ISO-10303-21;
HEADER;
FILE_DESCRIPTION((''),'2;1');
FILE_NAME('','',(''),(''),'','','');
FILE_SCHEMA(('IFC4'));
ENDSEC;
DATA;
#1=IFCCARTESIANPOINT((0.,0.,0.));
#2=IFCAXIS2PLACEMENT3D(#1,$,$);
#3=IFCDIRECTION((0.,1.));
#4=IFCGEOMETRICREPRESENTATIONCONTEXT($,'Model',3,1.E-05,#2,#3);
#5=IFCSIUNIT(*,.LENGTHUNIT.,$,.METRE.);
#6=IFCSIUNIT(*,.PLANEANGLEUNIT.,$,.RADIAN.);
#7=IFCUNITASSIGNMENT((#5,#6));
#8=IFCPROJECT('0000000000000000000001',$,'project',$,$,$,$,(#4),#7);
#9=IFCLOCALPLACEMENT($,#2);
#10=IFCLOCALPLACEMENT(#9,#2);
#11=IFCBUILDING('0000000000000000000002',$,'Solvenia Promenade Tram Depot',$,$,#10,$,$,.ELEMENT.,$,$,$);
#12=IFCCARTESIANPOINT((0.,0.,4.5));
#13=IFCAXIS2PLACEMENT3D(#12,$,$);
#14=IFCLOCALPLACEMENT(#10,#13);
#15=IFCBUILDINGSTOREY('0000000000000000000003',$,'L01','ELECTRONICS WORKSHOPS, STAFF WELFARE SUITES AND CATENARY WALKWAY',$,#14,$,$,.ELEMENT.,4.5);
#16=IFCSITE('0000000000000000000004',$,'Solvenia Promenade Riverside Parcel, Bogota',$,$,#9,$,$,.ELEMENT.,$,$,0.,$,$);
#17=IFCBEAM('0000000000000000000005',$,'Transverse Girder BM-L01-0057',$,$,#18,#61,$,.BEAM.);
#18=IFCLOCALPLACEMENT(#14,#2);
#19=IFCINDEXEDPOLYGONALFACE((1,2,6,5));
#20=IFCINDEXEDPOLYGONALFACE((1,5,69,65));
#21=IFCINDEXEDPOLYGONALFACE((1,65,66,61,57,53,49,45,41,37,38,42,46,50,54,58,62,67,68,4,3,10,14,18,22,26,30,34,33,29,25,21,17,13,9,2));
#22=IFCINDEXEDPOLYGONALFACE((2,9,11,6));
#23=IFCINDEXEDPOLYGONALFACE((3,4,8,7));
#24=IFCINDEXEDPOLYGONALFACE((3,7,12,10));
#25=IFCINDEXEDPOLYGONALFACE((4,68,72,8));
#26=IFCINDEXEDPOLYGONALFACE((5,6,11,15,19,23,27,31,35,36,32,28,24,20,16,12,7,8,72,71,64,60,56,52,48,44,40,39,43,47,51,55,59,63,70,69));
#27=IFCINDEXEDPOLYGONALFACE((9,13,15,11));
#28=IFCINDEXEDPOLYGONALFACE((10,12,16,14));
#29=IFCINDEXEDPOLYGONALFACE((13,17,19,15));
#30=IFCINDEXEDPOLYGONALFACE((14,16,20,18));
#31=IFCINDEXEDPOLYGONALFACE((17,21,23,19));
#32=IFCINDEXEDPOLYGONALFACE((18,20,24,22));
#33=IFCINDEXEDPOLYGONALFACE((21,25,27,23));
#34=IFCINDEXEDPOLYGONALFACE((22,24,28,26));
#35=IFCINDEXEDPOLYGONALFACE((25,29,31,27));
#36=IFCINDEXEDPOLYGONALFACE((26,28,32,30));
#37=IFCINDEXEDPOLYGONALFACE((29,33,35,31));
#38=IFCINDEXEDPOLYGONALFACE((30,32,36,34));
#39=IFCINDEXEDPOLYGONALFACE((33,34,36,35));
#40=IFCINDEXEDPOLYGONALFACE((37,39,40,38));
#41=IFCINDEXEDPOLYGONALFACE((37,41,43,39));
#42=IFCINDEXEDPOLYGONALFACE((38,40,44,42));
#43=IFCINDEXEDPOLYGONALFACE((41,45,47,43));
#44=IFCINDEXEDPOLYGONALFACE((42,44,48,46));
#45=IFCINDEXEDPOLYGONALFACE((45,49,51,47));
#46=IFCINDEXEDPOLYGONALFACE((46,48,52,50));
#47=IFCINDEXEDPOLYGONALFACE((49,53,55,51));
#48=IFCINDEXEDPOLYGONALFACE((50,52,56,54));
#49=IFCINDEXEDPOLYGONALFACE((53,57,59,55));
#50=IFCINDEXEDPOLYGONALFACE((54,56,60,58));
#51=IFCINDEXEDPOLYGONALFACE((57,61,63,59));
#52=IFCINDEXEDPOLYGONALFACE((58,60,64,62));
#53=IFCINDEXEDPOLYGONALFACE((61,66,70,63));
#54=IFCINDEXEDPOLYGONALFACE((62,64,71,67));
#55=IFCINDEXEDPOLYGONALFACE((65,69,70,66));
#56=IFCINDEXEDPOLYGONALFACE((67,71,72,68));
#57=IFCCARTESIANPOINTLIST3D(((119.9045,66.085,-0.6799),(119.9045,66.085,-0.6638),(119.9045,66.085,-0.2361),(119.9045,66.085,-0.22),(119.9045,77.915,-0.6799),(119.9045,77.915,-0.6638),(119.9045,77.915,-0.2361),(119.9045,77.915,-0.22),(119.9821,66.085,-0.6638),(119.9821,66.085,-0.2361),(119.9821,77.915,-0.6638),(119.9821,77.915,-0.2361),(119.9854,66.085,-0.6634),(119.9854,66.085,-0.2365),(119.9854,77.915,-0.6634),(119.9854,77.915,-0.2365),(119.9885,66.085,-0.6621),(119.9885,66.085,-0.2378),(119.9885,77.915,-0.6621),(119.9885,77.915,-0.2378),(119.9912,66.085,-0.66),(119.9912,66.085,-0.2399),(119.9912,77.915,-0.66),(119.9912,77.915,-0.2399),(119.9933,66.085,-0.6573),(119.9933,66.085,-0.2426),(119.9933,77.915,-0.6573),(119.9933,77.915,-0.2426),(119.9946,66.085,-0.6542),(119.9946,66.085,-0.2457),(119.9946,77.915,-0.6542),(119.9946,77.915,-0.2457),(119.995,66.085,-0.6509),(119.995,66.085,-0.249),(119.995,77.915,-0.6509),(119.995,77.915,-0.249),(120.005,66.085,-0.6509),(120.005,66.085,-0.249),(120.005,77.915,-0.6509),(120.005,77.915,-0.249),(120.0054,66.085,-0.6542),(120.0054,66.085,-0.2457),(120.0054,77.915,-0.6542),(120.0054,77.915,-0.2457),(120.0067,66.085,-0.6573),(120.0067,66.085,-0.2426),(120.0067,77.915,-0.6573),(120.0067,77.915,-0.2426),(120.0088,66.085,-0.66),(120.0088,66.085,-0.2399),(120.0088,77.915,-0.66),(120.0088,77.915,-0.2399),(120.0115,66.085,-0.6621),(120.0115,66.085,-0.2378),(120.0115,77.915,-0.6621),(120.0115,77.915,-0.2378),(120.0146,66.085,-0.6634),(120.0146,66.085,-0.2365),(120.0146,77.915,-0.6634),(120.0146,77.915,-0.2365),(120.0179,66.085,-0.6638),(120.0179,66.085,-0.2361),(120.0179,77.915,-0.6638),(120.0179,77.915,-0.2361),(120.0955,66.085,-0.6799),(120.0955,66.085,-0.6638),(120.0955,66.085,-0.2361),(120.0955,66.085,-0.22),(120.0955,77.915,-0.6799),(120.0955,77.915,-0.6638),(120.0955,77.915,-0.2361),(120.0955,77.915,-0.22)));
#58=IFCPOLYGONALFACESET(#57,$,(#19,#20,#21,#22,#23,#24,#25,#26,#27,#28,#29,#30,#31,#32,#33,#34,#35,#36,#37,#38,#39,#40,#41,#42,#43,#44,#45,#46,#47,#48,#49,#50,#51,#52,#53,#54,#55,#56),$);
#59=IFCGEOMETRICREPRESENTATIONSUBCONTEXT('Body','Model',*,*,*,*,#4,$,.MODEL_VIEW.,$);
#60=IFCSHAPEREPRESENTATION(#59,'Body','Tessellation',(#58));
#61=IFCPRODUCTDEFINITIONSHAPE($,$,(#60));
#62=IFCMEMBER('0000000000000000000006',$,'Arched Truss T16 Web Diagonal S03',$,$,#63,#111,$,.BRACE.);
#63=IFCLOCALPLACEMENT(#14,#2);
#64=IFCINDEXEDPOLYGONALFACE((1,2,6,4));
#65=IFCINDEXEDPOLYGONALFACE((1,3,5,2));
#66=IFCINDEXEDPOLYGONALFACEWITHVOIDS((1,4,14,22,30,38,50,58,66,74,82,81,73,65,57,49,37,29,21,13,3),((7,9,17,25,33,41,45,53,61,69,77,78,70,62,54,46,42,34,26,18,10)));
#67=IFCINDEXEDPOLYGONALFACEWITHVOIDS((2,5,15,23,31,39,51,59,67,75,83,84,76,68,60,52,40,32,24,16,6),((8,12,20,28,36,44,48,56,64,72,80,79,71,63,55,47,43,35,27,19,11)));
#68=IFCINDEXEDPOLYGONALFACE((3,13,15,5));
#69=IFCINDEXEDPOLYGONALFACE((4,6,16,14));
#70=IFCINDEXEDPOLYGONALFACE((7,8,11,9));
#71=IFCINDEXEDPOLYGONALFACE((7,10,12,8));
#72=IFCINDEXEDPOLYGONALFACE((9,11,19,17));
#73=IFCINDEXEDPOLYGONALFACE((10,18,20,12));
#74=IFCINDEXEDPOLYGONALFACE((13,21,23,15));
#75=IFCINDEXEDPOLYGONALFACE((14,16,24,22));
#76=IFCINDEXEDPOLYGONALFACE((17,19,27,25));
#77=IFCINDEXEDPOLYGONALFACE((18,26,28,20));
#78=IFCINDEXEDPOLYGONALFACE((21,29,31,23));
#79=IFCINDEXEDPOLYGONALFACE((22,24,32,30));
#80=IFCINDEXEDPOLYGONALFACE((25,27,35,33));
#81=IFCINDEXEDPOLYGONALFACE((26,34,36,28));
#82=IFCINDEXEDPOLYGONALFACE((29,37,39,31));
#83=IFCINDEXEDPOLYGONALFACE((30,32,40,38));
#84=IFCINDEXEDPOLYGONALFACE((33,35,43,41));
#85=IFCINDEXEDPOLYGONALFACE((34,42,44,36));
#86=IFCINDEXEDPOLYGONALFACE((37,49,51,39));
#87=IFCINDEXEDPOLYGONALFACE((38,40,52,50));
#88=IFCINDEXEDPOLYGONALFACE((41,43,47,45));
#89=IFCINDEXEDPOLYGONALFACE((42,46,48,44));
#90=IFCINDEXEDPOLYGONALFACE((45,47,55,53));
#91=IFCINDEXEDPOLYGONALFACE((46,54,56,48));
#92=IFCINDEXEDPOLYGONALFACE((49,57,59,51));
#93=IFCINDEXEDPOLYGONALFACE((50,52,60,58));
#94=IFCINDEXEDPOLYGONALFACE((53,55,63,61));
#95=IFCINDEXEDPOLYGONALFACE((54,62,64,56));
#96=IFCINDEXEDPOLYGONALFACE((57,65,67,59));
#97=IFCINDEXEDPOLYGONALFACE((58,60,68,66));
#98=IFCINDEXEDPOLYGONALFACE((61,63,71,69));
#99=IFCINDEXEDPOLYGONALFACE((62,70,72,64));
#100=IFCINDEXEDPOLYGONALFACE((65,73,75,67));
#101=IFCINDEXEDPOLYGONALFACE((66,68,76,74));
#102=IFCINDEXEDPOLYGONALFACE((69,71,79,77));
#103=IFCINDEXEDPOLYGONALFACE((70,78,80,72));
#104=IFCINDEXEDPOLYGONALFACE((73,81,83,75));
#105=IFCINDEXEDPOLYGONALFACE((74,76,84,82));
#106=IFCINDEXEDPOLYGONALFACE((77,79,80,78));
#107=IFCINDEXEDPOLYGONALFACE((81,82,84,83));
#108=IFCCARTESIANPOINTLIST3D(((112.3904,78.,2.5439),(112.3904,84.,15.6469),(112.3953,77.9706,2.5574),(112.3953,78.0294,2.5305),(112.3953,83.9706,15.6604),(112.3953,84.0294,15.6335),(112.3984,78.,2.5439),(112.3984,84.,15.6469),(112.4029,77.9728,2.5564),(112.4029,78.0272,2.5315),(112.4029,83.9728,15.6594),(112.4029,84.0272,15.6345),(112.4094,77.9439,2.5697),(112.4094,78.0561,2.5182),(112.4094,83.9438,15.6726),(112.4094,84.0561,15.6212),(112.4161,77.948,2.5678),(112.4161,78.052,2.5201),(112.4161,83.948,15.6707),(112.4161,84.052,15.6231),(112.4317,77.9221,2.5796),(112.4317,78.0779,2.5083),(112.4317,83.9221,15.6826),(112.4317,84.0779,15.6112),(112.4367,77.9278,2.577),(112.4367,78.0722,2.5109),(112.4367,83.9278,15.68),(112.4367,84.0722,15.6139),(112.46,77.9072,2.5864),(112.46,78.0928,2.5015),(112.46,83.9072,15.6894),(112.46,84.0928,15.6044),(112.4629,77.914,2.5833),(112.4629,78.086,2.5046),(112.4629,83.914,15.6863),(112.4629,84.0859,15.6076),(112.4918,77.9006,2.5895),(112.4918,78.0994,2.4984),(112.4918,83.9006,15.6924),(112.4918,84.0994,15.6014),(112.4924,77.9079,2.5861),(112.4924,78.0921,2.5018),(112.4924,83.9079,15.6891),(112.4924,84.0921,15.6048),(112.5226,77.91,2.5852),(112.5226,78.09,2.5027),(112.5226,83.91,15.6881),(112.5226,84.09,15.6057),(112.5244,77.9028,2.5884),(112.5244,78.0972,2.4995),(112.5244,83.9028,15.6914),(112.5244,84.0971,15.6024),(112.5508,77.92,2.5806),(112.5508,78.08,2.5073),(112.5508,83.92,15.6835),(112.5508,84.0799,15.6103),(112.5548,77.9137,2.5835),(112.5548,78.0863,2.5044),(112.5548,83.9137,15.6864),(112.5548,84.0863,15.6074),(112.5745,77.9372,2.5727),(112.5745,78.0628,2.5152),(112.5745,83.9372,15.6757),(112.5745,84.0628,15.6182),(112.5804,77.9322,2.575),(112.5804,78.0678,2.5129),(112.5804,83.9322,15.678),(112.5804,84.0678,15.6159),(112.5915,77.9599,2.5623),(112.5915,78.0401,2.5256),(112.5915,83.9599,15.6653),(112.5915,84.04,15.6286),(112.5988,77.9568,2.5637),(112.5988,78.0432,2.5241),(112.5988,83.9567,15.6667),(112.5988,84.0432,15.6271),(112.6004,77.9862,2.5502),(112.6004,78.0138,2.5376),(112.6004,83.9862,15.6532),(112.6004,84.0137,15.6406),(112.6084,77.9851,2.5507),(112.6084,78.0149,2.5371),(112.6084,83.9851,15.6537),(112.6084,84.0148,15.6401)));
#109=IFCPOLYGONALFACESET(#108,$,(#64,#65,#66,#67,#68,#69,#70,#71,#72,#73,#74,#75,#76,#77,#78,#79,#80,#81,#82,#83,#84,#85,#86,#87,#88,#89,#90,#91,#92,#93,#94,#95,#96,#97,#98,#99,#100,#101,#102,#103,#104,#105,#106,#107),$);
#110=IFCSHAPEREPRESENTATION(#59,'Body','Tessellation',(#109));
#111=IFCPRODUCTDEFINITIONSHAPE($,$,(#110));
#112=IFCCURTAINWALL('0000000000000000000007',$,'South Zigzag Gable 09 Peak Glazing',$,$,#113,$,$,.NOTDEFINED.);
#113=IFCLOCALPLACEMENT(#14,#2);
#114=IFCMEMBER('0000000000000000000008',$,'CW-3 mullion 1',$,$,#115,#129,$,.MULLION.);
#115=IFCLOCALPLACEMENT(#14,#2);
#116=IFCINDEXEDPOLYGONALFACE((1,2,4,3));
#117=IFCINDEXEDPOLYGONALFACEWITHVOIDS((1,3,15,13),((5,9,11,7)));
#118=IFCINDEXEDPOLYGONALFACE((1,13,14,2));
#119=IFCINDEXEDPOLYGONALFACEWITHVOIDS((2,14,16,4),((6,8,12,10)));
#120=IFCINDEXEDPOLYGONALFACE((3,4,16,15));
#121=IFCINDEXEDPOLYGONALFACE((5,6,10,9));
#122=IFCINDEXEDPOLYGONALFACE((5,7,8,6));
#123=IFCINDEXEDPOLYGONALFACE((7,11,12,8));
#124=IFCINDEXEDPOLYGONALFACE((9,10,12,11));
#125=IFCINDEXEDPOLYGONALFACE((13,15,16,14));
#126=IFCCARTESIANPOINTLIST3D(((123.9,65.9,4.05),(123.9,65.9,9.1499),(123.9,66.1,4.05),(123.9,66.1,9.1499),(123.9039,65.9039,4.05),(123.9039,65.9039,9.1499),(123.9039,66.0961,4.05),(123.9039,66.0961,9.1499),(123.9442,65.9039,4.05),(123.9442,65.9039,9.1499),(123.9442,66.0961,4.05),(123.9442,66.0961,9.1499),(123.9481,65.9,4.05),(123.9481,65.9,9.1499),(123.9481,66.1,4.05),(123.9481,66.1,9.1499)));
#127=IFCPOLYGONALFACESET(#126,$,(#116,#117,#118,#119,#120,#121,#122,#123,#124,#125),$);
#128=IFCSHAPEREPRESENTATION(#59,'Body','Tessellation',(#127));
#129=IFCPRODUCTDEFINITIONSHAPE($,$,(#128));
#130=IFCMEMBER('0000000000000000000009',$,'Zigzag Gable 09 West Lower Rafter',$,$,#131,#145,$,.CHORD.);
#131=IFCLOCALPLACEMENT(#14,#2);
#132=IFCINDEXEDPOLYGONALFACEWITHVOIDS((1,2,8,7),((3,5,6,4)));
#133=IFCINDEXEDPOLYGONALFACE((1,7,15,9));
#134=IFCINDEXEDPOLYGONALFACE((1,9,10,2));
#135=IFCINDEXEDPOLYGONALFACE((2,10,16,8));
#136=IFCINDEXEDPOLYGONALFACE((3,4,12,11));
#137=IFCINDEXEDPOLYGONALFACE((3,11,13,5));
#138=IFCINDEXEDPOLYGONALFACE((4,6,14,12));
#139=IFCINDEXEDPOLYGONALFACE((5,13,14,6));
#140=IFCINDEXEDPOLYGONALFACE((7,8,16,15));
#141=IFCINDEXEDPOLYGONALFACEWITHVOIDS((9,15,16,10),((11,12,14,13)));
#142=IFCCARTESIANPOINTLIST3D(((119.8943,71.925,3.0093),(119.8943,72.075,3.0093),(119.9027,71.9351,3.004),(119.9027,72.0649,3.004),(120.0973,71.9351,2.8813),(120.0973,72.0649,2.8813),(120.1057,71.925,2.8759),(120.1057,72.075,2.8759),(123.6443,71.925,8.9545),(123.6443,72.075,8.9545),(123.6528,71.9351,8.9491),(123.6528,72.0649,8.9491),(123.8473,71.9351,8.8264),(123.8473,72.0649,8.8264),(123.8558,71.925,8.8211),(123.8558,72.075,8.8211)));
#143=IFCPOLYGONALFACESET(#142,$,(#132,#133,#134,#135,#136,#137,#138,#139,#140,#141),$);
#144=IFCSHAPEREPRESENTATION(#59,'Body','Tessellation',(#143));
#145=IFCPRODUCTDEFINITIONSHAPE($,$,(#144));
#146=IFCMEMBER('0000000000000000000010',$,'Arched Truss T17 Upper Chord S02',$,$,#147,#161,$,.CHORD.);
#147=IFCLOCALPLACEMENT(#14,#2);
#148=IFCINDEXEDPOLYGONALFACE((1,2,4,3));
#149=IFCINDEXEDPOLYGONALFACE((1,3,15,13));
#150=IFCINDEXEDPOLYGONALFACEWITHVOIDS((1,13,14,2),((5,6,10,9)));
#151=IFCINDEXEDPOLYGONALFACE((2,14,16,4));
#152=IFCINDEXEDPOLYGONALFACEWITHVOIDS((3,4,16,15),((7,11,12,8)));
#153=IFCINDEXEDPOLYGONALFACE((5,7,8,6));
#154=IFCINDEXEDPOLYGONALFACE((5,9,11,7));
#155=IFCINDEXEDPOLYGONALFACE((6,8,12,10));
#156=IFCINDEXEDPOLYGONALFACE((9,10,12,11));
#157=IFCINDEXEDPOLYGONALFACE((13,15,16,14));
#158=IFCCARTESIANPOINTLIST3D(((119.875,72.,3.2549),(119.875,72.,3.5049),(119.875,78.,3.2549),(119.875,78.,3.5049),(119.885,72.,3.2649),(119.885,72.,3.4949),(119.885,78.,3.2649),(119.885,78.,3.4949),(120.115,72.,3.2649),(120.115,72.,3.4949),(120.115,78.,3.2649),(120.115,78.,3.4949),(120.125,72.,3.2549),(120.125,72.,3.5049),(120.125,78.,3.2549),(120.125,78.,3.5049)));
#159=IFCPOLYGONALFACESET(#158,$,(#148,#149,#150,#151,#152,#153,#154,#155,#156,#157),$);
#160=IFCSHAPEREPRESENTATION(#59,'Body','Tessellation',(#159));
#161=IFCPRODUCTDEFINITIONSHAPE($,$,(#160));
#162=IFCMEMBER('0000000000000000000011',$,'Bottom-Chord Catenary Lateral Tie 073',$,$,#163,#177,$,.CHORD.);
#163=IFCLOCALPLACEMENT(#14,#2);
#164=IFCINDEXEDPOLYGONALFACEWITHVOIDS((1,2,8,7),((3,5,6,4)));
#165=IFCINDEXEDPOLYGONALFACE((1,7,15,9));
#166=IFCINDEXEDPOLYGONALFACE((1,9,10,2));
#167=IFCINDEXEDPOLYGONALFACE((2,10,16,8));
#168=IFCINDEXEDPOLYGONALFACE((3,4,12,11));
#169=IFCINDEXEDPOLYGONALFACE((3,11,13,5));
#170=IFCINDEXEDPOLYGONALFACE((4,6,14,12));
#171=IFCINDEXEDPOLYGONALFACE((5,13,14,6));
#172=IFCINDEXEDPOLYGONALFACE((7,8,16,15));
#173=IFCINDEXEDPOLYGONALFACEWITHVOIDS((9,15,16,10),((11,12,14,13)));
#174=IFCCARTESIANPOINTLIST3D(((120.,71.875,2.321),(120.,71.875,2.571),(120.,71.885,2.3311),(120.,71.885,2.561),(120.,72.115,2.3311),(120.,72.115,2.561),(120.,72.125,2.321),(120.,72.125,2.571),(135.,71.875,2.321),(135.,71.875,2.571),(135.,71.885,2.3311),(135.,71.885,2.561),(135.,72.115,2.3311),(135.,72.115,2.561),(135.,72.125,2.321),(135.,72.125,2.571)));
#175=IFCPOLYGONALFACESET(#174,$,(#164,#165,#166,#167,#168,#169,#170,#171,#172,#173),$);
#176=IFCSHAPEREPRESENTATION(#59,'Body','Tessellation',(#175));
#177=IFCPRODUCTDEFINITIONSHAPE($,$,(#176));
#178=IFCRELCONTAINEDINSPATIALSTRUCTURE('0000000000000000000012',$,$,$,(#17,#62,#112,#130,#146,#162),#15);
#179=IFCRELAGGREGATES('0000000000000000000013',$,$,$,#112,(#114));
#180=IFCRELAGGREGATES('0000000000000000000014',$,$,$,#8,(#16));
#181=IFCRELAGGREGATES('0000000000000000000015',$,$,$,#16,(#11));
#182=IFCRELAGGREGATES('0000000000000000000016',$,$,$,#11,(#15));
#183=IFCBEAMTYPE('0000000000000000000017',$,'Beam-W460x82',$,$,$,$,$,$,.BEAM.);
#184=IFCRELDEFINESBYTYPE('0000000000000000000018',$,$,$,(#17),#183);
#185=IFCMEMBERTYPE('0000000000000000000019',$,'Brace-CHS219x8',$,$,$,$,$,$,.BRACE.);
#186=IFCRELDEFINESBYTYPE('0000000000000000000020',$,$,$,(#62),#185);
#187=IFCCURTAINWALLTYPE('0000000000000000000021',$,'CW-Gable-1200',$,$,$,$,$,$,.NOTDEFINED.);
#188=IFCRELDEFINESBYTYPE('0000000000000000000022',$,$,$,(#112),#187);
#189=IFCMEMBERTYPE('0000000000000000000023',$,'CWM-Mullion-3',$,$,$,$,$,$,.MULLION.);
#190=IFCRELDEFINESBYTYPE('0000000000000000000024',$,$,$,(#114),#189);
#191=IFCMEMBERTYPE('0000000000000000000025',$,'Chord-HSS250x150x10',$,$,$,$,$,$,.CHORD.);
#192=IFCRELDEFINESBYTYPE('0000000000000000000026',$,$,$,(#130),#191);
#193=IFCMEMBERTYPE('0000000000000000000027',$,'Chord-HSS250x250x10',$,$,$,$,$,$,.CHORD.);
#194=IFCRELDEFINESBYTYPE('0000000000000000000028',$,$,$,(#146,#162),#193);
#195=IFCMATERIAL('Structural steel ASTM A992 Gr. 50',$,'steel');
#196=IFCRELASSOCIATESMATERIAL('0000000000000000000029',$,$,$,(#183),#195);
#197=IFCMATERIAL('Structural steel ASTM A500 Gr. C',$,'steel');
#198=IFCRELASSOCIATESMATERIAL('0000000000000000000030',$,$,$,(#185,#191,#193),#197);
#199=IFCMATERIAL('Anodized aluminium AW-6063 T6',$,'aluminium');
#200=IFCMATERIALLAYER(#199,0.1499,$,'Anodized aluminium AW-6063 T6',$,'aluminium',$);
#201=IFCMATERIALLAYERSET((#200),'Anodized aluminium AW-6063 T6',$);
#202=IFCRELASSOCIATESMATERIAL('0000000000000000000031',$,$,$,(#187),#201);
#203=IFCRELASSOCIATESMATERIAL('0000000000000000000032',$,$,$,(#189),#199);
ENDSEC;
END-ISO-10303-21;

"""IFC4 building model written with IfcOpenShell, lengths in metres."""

from ifc_helpers import new_model, si_unit, direction, frame, origin, origin_2d, place, context, subcontext, project, spatial, hollow_rectangle, hollow_circle, i_section, extrude, material, layer, layer_set, material_profile, profile_set, type_object, element, aggregate, save


model = new_model("IFC4")

# Units and contexts
model_context = context("Model", 3, precision=1e-05, world=origin(), true_north=direction((0.0, 1.0)))
body_context = subcontext(model_context, "Body", "Model", "MODEL_VIEW")
ifc_project = project(units=[si_unit("LENGTHUNIT", "METRE"), si_unit("PLANEANGLEUNIT", "RADIAN")], contexts=[model_context])

# Site, building, storey
site_placement = place(None, origin())
site = spatial("IfcSite", under=ifc_project, at=site_placement, Name="Solvenia Promenade Riverside Parcel, Bogota", CompositionType="ELEMENT", RefElevation=0.0)
building_placement = place(site_placement, origin())
building = spatial("IfcBuilding", under=site, at=building_placement, Name="Solvenia Promenade Tram Depot", CompositionType="ELEMENT")
storey_placement = place(building_placement, frame((0.0, 0.0, 4.5)))
storey = spatial("IfcBuildingStorey", under=building, at=storey_placement, Name="L01", Description="ELECTRONICS WORKSHOPS, STAFF WELFARE SUITES AND CATENARY WALKWAY", CompositionType="ELEMENT", Elevation=4.5)

# Beam
ifc_material_1 = material(Name="Structural steel ASTM A992 Gr. 50", Category="steel")
ifc_material_profile_1 = material_profile(ifc_material_1, i_section(OverallWidth=0.1909, OverallDepth=0.46, WebThickness=0.01, FlangeThickness=0.0161, FilletRadius=0.0129, at=origin_2d()), Name="W460x82", Category="steel")
ifc_profile_set_1 = profile_set([ifc_material_profile_1], Name="Structural steel ASTM A992 Gr. 50")
beam_type_1 = type_object("IfcBeamType", Name="Beam-W460x82", PredefinedType="BEAM", material=ifc_profile_set_1)
beam_placement = place(storey_placement, frame((120.0, 66.085, -0.45), z_axis=(0.0, 1.0, 0.0), x_axis=(-1.0, 0.0, 0.0)))
element("IfcBeam", 1, at=beam_placement, inside=storey, type_object=beam_type_1, Name="Transverse Girder BM-L01-0057", PredefinedType="BEAM", context=body_context, shape_type="SweptSolid", body=[
    extrude(i_section(OverallWidth=0.1909, OverallDepth=0.46, WebThickness=0.01, FlangeThickness=0.0161, FilletRadius=0.0129, at=origin_2d()), origin(), (0.0, 0.0, 1.0), 11.8301),
])

# Member
ifc_material_2 = material(Name="Structural steel ASTM A500 Gr. C", Category="steel")
ifc_material_profile_2 = material_profile(ifc_material_2, hollow_circle(Radius=0.1096, WallThickness=0.0081, at=origin_2d()), Name="CHS219.1x8", Category="steel")
ifc_profile_set_2 = profile_set([ifc_material_profile_2], Name="Structural steel ASTM A500 Gr. C")
member_type_1 = type_object("IfcMemberType", Name="Brace-CHS219x8", PredefinedType="BRACE", material=ifc_profile_set_2)
member_1_placement = place(storey_placement, frame((112.5, 78.0, 2.5439), z_axis=(0.0, 0.416336, 0.909211), x_axis=(-1.0, 0.0, 0.0)))
element("IfcMember", 2, at=member_1_placement, inside=storey, type_object=member_type_1, Name="Arched Truss T16 Web Diagonal S03", PredefinedType="BRACE", context=body_context, shape_type="SweptSolid", body=[
    extrude(hollow_circle(Radius=0.1096, WallThickness=0.0081, at=origin_2d()), origin(), (0.0, 0.0, 1.0), 14.4114),
])

# Curtain wall, member
ifc_material_3 = material(Name="Anodized aluminium AW-6063 T6", Category="aluminium")
ifc_layer_1 = layer(ifc_material_3, 0.1499, Name="Anodized aluminium AW-6063 T6", Category="aluminium")
ifc_layer_set_1 = layer_set([ifc_layer_1], Name="Anodized aluminium AW-6063 T6")
curtain_wall_type = type_object("IfcCurtainWallType", Name="CW-Gable-1200", PredefinedType="NOTDEFINED", material=ifc_layer_set_1)
curtain_wall_placement = place(storey_placement, origin())
curtain_wall = element("IfcCurtainWall", 3, at=curtain_wall_placement, inside=storey, type_object=curtain_wall_type, Name="South Zigzag Gable 09 Peak Glazing", PredefinedType="NOTDEFINED")
ifc_material_profile_3 = material_profile(ifc_material_3, hollow_rectangle(XDim=0.2, YDim=0.0481, WallThickness=0.0039, at=origin_2d()), Name="ALU-M3", Category="aluminium")
ifc_profile_set_3 = profile_set([ifc_material_profile_3], Name="Anodized aluminium AW-6063 T6")
member_type_2 = type_object("IfcMemberType", Name="CWM-Mullion-3", PredefinedType="MULLION", material=ifc_profile_set_3)
member_2_placement = place(storey_placement, frame((123.9241, 66.0, 4.05), z_axis=(0.0, 0.0, 1.0), x_axis=(0.0, 1.0, 0.0)))
member_2 = element("IfcMember", 4, at=member_2_placement, type_object=member_type_2, Name="CW-3 mullion 1", PredefinedType="MULLION", context=body_context, shape_type="SweptSolid", body=[
    extrude(hollow_rectangle(XDim=0.2, YDim=0.0481, WallThickness=0.0039, at=origin_2d()), origin(), (0.0, 0.0, 1.0), 5.0999),
])
aggregate(curtain_wall, [member_2])

# Members
ifc_material_profile_4 = material_profile(ifc_material_2, hollow_rectangle(XDim=0.1499, YDim=0.25, WallThickness=0.01, at=origin_2d()), Name="HSS250x150x10", Category="steel")
ifc_profile_set_4 = profile_set([ifc_material_profile_4], Name="Structural steel ASTM A500 Gr. C")
member_type_3 = type_object("IfcMemberType", Name="Chord-HSS250x150x10", PredefinedType="CHORD", material=ifc_profile_set_4)
member_3_placement = place(storey_placement, frame((120.0, 72.0, 2.9426), z_axis=(0.533507, 0.0, 0.845796), x_axis=(0.0, 1.0, 0.0)))
element("IfcMember", 5, at=member_3_placement, inside=storey, type_object=member_type_3, Name="Zigzag Gable 09 West Lower Rafter", PredefinedType="CHORD", context=body_context, shape_type="SweptSolid", body=[
    extrude(hollow_rectangle(XDim=0.1499, YDim=0.25, WallThickness=0.01, at=origin_2d()), origin(), (0.0, 0.0, 1.0), 7.0291),
])
ifc_material_profile_5 = material_profile(ifc_material_2, hollow_rectangle(XDim=0.25, YDim=0.25, WallThickness=0.01, at=origin_2d()), Name="HSS250x250x10", Category="steel")
ifc_profile_set_5 = profile_set([ifc_material_profile_5], Name="Structural steel ASTM A500 Gr. C")
member_type_4 = type_object("IfcMemberType", Name="Chord-HSS250x250x10", PredefinedType="CHORD", material=ifc_profile_set_5)
member_4_placement = place(storey_placement, frame((120.0, 72.0, 3.3799), z_axis=(0.0, 1.0, 0.0), x_axis=(-1.0, 0.0, 0.0)))
element("IfcMember", 6, at=member_4_placement, inside=storey, type_object=member_type_4, Name="Arched Truss T17 Upper Chord S02", PredefinedType="CHORD", context=body_context, shape_type="SweptSolid", body=[
    extrude(hollow_rectangle(XDim=0.25, YDim=0.25, WallThickness=0.01, at=origin_2d()), origin(), (0.0, 0.0, 1.0), 6.0),
])
member_5_placement = place(storey_placement, frame((120.0, 72.0, 2.446), z_axis=(1.0, 0.0, 0.0), x_axis=(0.0, 1.0, 0.0)))
element("IfcMember", 7, at=member_5_placement, inside=storey, type_object=member_type_4, Name="Bottom-Chord Catenary Lateral Tie 073", PredefinedType="CHORD", context=body_context, shape_type="SweptSolid", body=[
    extrude(hollow_rectangle(XDim=0.25, YDim=0.25, WallThickness=0.01, at=origin_2d()), origin(), (0.0, 0.0, 1.0), 15.0),
])

save(model, "model.ifc")
